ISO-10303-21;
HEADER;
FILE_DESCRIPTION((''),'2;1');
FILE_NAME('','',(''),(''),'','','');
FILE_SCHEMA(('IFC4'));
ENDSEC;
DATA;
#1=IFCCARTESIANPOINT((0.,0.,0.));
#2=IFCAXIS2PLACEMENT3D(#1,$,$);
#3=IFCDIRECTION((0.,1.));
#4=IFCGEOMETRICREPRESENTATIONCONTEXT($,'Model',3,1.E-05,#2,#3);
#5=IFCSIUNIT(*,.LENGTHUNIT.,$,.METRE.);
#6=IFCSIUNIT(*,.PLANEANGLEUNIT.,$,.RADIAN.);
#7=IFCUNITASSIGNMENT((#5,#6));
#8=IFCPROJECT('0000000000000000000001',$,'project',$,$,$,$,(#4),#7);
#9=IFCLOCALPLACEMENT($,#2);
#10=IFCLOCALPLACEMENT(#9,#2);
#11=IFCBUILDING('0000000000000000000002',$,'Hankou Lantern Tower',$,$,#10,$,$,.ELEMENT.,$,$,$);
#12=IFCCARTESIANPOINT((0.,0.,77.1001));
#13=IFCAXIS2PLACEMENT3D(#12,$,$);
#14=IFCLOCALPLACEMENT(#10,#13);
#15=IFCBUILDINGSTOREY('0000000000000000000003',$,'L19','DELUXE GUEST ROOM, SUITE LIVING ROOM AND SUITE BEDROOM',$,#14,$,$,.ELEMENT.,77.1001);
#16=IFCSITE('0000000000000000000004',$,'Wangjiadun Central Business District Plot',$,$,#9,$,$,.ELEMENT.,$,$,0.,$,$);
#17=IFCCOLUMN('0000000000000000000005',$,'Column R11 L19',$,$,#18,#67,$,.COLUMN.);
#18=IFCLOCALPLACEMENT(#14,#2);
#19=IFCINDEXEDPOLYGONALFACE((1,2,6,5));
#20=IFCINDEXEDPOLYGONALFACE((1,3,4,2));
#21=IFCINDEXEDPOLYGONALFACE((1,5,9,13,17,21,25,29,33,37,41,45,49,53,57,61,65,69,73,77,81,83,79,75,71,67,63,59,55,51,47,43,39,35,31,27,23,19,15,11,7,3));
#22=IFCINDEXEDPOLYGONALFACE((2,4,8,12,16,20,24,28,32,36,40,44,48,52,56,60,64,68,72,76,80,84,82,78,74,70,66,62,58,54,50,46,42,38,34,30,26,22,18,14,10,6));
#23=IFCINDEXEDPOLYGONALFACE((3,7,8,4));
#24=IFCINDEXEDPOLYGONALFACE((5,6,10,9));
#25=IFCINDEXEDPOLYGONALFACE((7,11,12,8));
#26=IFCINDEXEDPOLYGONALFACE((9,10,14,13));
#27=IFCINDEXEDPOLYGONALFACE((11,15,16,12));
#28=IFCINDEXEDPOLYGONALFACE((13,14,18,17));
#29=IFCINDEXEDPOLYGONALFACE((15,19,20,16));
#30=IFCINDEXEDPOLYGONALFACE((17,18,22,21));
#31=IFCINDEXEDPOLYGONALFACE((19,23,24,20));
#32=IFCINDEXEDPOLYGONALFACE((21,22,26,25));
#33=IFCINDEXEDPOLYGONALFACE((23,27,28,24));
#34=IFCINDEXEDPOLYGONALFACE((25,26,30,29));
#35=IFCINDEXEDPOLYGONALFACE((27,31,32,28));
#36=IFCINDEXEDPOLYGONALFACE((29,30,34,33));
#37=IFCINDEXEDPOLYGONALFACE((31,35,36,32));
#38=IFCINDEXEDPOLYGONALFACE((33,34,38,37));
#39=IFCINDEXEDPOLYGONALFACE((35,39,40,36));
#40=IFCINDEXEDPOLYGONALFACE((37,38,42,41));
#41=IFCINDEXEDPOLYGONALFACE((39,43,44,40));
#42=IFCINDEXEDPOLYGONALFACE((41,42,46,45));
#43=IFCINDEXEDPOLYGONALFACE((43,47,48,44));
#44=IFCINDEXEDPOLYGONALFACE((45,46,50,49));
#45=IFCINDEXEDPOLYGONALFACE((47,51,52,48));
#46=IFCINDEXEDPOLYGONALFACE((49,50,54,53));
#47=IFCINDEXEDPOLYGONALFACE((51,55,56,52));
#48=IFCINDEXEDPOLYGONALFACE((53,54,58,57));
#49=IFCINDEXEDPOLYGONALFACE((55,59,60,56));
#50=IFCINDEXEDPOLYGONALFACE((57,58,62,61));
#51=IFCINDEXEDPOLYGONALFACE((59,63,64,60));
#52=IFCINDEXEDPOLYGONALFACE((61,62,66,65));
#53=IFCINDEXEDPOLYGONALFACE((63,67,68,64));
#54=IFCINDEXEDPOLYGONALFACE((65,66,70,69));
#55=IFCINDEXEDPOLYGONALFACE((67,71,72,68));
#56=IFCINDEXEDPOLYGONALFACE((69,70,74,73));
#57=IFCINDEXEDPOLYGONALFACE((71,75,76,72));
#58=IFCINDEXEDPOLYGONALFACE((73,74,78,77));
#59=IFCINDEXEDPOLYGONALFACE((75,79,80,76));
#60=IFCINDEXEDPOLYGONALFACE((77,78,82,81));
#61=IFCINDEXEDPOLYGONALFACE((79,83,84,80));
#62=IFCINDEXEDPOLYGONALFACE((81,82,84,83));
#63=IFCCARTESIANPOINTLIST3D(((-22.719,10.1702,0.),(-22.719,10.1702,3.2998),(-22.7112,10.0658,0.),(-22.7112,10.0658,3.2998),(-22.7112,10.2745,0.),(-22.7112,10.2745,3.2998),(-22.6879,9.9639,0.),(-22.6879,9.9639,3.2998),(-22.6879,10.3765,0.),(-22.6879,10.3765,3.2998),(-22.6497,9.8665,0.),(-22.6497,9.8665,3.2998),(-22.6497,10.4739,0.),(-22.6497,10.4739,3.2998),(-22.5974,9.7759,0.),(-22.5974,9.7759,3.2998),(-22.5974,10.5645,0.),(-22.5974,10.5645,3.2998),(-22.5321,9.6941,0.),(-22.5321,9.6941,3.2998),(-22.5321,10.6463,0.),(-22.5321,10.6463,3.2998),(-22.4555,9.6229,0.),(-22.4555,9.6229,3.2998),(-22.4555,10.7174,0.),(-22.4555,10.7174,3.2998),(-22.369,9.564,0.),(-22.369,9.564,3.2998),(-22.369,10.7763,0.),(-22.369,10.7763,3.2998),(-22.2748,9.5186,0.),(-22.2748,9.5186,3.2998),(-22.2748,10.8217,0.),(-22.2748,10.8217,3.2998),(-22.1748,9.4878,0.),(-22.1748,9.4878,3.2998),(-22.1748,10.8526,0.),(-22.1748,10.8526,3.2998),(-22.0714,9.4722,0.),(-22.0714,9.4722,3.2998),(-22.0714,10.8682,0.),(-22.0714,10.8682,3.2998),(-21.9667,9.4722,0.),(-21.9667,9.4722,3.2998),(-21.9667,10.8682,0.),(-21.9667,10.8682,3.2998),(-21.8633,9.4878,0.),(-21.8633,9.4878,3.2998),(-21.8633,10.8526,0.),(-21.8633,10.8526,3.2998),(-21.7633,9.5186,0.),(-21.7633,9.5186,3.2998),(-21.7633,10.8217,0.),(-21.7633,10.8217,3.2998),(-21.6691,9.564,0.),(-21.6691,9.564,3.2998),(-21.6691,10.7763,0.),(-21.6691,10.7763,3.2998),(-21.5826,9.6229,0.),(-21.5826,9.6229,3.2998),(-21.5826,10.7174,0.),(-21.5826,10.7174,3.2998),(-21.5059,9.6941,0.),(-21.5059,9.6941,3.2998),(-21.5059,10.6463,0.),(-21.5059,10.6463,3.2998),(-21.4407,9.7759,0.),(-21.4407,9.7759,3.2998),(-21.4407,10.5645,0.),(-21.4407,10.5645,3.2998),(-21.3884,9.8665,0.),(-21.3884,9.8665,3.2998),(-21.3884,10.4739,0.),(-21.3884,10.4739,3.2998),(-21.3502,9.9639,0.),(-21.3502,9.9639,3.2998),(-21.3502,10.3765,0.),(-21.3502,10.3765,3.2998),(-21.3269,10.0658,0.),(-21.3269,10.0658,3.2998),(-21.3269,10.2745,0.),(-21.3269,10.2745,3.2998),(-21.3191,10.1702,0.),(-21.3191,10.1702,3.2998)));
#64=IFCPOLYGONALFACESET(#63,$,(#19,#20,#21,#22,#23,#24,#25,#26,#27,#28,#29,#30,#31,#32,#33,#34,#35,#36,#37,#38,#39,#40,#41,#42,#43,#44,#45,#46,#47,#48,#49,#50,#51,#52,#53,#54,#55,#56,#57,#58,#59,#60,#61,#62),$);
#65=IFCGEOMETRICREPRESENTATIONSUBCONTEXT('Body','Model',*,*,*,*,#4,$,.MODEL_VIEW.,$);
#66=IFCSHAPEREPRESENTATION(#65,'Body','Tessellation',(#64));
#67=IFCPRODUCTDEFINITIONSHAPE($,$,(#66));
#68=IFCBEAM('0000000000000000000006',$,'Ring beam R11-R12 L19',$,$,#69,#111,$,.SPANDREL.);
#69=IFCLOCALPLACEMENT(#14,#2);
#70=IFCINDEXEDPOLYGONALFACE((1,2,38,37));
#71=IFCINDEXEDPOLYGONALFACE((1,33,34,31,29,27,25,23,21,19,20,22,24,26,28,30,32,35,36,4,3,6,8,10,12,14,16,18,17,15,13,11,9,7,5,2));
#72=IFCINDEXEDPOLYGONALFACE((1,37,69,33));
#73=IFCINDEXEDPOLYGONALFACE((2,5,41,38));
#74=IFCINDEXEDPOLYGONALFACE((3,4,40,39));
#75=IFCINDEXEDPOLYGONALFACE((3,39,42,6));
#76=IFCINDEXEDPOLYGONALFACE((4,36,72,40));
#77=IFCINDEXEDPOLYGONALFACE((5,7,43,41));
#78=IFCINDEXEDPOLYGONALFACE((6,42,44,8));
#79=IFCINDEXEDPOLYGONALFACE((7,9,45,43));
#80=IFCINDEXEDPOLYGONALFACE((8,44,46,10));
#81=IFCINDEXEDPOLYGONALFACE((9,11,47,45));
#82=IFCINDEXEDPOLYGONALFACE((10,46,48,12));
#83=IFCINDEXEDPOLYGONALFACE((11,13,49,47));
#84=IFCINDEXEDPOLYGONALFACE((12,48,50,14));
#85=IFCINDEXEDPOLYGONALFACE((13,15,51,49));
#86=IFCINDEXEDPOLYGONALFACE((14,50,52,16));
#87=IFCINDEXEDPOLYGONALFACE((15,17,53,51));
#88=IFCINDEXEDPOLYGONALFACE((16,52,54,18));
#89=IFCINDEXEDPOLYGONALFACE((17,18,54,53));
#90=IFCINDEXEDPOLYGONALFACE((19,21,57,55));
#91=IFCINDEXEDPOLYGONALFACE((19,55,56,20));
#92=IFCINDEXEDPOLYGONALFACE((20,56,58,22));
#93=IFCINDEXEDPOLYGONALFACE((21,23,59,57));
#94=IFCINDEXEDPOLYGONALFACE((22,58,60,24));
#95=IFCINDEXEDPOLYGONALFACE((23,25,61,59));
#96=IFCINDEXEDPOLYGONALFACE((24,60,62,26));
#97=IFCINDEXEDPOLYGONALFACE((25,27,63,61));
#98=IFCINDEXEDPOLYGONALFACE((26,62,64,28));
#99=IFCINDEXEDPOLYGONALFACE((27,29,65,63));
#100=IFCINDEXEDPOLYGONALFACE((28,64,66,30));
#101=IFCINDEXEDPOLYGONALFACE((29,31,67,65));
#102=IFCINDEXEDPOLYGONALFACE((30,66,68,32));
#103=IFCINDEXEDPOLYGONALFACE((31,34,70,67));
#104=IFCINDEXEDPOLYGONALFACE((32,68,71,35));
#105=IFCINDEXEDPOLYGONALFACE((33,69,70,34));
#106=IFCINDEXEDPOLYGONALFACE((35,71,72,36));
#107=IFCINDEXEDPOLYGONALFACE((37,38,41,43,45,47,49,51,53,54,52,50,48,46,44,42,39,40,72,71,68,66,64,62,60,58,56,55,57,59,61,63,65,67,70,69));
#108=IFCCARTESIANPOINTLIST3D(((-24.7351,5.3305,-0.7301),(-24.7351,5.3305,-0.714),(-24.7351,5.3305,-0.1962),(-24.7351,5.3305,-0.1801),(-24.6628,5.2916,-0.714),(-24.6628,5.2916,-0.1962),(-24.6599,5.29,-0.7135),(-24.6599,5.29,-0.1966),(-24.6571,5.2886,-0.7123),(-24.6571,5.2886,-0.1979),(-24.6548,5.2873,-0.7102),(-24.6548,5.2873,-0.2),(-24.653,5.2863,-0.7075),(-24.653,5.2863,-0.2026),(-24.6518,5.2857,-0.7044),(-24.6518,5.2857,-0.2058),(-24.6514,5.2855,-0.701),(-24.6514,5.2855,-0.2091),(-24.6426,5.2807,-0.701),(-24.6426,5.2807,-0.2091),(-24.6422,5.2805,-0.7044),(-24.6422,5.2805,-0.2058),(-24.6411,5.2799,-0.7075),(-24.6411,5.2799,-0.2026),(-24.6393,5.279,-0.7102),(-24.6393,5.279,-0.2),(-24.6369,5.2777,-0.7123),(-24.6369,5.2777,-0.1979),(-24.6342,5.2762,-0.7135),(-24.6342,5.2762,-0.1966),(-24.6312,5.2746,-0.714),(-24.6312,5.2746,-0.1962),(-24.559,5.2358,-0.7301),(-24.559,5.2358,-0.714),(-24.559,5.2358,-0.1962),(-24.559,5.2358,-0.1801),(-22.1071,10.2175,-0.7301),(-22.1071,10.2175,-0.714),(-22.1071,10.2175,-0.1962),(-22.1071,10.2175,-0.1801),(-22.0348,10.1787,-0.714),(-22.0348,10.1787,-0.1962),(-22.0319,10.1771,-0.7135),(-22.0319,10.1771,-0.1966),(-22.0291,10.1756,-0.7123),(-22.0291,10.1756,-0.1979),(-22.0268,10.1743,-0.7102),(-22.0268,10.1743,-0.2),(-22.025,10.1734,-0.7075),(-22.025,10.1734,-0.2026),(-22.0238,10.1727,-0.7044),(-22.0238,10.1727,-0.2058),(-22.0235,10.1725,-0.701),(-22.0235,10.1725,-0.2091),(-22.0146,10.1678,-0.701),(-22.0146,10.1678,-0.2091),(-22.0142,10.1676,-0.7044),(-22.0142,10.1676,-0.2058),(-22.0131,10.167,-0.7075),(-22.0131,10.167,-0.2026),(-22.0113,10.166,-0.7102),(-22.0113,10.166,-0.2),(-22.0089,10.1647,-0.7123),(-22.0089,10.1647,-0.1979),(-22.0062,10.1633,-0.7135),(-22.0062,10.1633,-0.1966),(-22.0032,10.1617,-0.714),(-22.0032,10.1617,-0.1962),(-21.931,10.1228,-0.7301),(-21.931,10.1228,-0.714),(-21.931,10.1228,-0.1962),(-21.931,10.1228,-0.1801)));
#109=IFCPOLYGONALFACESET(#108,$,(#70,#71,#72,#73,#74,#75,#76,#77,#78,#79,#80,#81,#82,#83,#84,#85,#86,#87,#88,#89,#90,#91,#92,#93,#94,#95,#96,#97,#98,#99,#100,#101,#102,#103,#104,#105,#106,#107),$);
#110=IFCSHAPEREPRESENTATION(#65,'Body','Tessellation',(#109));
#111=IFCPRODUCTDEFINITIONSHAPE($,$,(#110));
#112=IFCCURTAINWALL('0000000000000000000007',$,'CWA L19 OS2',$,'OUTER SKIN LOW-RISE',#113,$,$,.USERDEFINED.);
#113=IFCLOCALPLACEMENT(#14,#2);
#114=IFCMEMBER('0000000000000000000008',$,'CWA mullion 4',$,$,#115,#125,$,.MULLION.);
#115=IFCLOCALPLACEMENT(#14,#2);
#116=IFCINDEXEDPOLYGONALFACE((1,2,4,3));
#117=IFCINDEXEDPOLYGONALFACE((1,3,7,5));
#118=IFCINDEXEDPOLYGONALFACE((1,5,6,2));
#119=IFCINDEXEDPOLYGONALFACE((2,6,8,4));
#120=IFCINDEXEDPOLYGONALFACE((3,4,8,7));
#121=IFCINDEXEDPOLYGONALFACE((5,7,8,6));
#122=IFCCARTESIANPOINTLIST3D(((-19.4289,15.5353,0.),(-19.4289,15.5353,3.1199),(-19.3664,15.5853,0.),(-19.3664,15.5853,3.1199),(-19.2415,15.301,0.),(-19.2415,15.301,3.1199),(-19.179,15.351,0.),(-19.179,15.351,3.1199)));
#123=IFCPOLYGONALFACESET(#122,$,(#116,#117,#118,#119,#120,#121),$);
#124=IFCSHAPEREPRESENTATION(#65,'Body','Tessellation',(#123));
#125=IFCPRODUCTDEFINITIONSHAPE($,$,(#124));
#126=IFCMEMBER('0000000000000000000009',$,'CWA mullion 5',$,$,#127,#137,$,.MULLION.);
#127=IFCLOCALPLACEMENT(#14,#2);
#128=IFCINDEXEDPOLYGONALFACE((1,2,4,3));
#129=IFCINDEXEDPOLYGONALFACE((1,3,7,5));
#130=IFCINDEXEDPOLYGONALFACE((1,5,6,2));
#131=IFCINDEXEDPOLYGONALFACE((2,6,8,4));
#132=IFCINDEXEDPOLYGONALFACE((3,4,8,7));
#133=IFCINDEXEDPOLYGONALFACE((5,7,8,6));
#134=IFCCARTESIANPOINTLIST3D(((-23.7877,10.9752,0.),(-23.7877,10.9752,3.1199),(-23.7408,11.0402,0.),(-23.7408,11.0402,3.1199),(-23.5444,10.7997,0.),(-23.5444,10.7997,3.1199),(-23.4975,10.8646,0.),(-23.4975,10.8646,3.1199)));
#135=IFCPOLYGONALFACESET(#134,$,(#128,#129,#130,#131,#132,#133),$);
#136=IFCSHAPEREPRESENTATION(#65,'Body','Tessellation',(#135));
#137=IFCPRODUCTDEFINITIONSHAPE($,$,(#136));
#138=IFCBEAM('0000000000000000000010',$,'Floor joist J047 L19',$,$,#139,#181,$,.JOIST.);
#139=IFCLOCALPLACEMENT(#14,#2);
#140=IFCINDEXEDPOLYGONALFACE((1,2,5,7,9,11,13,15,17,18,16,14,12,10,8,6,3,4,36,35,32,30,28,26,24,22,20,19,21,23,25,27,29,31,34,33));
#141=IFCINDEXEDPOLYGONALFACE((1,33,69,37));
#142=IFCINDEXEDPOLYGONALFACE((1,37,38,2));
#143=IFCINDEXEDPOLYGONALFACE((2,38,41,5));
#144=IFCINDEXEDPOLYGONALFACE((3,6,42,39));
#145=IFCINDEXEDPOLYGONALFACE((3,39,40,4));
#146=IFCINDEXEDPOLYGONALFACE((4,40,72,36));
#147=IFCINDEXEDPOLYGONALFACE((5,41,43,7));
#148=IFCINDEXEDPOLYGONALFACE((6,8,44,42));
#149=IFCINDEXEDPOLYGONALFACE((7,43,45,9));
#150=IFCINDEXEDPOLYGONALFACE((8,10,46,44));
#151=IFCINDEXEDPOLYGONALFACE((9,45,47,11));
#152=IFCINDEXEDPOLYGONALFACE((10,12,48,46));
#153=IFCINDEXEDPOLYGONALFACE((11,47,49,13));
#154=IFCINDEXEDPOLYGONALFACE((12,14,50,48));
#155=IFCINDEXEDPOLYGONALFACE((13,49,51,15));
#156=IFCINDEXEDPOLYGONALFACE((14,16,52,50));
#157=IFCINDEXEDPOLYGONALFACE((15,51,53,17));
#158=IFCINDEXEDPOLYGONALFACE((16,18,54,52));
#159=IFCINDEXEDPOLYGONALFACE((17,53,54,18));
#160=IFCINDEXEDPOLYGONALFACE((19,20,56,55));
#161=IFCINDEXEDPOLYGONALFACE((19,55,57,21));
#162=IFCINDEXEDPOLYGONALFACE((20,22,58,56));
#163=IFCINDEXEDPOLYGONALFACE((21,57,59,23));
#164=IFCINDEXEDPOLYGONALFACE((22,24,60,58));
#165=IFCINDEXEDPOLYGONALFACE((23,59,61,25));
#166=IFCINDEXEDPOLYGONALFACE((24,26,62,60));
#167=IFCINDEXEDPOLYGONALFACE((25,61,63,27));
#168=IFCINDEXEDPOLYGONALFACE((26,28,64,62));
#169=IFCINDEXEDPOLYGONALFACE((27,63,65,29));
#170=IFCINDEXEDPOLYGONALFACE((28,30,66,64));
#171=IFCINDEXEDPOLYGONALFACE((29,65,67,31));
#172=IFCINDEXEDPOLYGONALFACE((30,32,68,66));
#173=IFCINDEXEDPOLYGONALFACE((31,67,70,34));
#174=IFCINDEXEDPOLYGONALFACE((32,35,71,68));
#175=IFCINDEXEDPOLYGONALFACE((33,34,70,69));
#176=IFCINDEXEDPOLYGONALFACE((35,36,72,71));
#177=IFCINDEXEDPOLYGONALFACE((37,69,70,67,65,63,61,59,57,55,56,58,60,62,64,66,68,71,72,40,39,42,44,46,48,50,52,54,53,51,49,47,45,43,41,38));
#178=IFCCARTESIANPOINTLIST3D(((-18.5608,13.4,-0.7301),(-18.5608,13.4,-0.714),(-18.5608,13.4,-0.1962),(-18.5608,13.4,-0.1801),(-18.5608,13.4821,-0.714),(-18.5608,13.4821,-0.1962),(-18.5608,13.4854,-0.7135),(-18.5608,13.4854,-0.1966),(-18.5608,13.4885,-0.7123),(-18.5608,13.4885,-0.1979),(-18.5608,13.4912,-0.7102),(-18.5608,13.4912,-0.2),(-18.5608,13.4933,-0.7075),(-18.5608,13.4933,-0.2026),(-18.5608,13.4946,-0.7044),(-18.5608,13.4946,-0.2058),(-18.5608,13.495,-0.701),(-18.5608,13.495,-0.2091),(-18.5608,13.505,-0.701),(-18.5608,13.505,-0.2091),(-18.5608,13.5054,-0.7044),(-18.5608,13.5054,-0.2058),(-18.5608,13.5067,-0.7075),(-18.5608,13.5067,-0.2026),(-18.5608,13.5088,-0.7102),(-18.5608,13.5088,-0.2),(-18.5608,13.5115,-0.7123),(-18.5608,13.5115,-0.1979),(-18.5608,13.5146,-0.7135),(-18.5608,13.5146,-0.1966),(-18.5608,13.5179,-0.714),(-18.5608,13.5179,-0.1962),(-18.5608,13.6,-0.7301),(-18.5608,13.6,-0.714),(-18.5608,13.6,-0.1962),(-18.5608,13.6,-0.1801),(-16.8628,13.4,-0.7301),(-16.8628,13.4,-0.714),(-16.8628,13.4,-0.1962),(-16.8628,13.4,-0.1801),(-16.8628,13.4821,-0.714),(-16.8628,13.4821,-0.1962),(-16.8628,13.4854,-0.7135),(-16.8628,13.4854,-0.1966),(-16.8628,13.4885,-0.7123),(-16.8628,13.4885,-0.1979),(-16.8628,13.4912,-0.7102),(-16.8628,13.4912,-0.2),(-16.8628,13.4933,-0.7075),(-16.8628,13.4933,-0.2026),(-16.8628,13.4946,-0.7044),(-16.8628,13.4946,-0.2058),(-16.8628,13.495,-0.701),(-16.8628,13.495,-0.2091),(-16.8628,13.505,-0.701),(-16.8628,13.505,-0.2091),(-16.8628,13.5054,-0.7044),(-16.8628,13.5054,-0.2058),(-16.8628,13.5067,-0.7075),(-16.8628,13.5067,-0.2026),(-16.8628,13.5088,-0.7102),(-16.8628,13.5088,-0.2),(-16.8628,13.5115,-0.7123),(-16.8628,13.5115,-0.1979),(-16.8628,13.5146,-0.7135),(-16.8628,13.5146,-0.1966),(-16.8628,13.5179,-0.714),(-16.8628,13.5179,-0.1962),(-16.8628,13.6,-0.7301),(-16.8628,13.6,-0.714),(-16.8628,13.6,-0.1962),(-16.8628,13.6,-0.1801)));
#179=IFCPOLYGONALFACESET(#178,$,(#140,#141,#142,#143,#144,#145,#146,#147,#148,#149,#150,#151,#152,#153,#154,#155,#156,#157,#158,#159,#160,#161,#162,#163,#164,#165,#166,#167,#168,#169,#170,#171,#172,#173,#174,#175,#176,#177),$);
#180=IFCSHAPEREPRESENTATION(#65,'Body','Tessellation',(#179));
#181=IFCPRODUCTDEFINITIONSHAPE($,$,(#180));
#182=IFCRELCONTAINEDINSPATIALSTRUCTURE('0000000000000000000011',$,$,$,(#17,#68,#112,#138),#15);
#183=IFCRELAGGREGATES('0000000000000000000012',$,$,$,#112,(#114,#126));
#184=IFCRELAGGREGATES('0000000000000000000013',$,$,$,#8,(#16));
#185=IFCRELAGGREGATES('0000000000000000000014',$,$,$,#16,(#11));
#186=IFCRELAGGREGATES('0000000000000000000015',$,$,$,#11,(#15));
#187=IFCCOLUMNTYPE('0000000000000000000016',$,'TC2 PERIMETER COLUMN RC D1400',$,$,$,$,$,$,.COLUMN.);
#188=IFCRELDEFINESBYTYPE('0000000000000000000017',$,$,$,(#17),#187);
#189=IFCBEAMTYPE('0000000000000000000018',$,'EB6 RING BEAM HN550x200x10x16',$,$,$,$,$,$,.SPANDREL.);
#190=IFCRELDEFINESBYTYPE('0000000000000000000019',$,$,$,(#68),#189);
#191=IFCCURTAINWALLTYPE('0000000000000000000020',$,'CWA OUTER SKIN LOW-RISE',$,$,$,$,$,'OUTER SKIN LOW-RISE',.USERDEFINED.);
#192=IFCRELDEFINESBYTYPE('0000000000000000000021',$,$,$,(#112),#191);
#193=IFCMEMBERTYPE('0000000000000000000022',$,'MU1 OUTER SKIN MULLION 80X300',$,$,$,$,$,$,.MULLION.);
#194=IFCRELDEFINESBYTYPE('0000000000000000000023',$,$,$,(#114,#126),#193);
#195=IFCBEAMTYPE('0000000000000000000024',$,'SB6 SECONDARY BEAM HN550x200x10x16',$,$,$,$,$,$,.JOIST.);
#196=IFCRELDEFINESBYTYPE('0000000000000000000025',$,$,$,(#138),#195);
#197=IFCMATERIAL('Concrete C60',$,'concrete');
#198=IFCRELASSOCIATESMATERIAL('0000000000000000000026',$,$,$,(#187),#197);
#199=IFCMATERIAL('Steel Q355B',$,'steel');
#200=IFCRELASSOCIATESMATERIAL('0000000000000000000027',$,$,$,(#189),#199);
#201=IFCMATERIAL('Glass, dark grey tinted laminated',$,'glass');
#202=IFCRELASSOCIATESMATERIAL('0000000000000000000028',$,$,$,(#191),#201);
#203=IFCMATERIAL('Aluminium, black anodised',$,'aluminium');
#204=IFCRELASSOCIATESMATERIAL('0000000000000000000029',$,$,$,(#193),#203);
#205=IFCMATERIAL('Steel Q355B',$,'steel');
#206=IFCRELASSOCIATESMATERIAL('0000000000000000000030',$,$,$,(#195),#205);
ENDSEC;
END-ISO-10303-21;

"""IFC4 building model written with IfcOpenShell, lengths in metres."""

from ifc_helpers import new_model, si_unit, direction, frame, origin, origin_2d, place, context, subcontext, project, spatial, rectangle, circle, i_section, extrude, material, material_profile, profile_set, type_object, element, aggregate, save


model = new_model("IFC4")

# Units and contexts
model_context = context("Model", 3, precision=1e-05, world=origin(), true_north=direction((0.0, 1.0)))
body_context = subcontext(model_context, "Body", "Model", "MODEL_VIEW")
ifc_project = project(units=[si_unit("LENGTHUNIT", "METRE"), si_unit("PLANEANGLEUNIT", "RADIAN")], contexts=[model_context])

# Site, building, storey
site_placement = place(None, origin())
site = spatial("IfcSite", under=ifc_project, at=site_placement, Name="Wangjiadun Central Business District Plot", CompositionType="ELEMENT", RefElevation=0.0)
building_placement = place(site_placement, origin())
building = spatial("IfcBuilding", under=site, at=building_placement, Name="Hankou Lantern Tower", CompositionType="ELEMENT")
storey_placement = place(building_placement, frame((0.0, 0.0, 77.1001)))
storey = spatial("IfcBuildingStorey", under=building, at=storey_placement, Name="L19", Description="DELUXE GUEST ROOM, SUITE LIVING ROOM AND SUITE BEDROOM", CompositionType="ELEMENT", Elevation=77.1001)

# Column
ifc_material_1 = material(Name="Concrete C60", Category="concrete")
ifc_material_profile_1 = material_profile(ifc_material_1, circle(Radius=0.7, at=origin_2d()), Name="RC D1400")
ifc_profile_set_1 = profile_set([ifc_material_profile_1], Name="Concrete C60")
column_type = type_object("IfcColumnType", Name="TC2 PERIMETER COLUMN RC D1400", PredefinedType="COLUMN", material=ifc_profile_set_1)
column_placement = place(storey_placement, frame((-22.019, 10.1702, 0.0), z_axis=(0.0, 0.0, 1.0), x_axis=(1.0, 0.0, 0.0)))
element("IfcColumn", 1, at=column_placement, inside=storey, type_object=column_type, Name="Column R11 L19", PredefinedType="COLUMN", context=body_context, shape_type="SweptSolid", body=[
    extrude(circle(Radius=0.7, at=origin_2d()), origin(), (0.0, 0.0, 1.0), 3.2998),
])

# Beam
ifc_material_2 = material(Name="Steel Q355B", Category="steel")
ifc_material_profile_2 = material_profile(ifc_material_2, i_section(OverallWidth=0.2, OverallDepth=0.55, WebThickness=0.01, FlangeThickness=0.0161, FilletRadius=0.0129, at=origin_2d()), Name="HN550x200x10x16")
ifc_profile_set_2 = profile_set([ifc_material_profile_2], Name="Steel Q355B")
beam_type_1 = type_object("IfcBeamType", Name="EB6 RING BEAM HN550x200x10x16", PredefinedType="SPANDREL", material=ifc_profile_set_2)
beam_1_placement = place(storey_placement, frame((-22.019, 10.1702, -0.4551), z_axis=(-0.473609, -0.880735, 0.0), x_axis=(0.880735, -0.473609, 0.0)))
element("IfcBeam", 2, at=beam_1_placement, inside=storey, type_object=beam_type_1, Name="Ring beam R11-R12 L19", PredefinedType="SPANDREL", context=body_context, shape_type="SweptSolid", body=[
    extrude(i_section(OverallWidth=0.2, OverallDepth=0.55, WebThickness=0.01, FlangeThickness=0.0161, FilletRadius=0.0129, at=origin_2d()), origin(), (0.0, 0.0, 1.0), 5.5488),
])

# Curtain wall, members
ifc_material_3 = material(Name="Glass, dark grey tinted laminated", Category="glass")
curtain_wall_type = type_object("IfcCurtainWallType", Name="CWA OUTER SKIN LOW-RISE", ElementType="OUTER SKIN LOW-RISE", PredefinedType="USERDEFINED", material=ifc_material_3)
curtain_wall_placement = place(storey_placement, origin())
curtain_wall = element("IfcCurtainWall", 3, at=curtain_wall_placement, inside=storey, type_object=curtain_wall_type, Name="CWA L19 OS2", ObjectType="OUTER SKIN LOW-RISE", PredefinedType="USERDEFINED")
ifc_material_4 = material(Name="Aluminium, black anodised", Category="aluminium")
ifc_material_profile_3 = material_profile(ifc_material_4, rectangle(XDim=0.0801, YDim=0.3, at=origin_2d()), Name="MU1 80X300")
ifc_profile_set_3 = profile_set([ifc_material_profile_3], Name="Aluminium, black anodised")
member_type_1 = type_object("IfcMemberType", Name="MU1 OUTER SKIN MULLION 80X300", PredefinedType="MULLION", material=ifc_profile_set_3)
member_1_placement = place(storey_placement, frame((-19.304, 15.4431, 0.0), z_axis=(0.0, 0.0, 1.0), x_axis=(-0.780869, -0.624695, 0.0)))
member_1 = element("IfcMember", 4, at=member_1_placement, type_object=member_type_1, Name="CWA mullion 4", PredefinedType="MULLION", context=body_context, shape_type="SweptSolid", body=[
    extrude(rectangle(XDim=0.0801, YDim=0.3, at=origin_2d()), origin(), (0.0, 0.0, 1.0), 3.1199),
])
member_2_placement = place(storey_placement, frame((-23.6426, 10.9199, 0.0), z_axis=(0.0, 0.0, 1.0), x_axis=(-0.585206, -0.810885, 0.0)))
member_2 = element("IfcMember", 5, at=member_2_placement, type_object=member_type_1, Name="CWA mullion 5", PredefinedType="MULLION", context=body_context, shape_type="SweptSolid", body=[
    extrude(rectangle(XDim=0.0801, YDim=0.3, at=origin_2d()), origin(), (0.0, 0.0, 1.0), 3.1199),
])

# Beam
ifc_material_5 = material(Name="Steel Q355B", Category="steel")
ifc_material_profile_4 = material_profile(ifc_material_5, i_section(OverallWidth=0.2, OverallDepth=0.55, WebThickness=0.01, FlangeThickness=0.0161, FilletRadius=0.0129, at=origin_2d()), Name="HN550x200x10x16")
ifc_profile_set_4 = profile_set([ifc_material_profile_4], Name="Steel Q355B")
beam_type_2 = type_object("IfcBeamType", Name="SB6 SECONDARY BEAM HN550x200x10x16", PredefinedType="JOIST", material=ifc_profile_set_4)
beam_2_placement = place(storey_placement, frame((-18.5608, 13.5, -0.4551), z_axis=(1.0, 0.0, 0.0), x_axis=(0.0, 1.0, 0.0)))
element("IfcBeam", 6, at=beam_2_placement, inside=storey, type_object=beam_type_2, Name="Floor joist J047 L19", PredefinedType="JOIST", context=body_context, shape_type="SweptSolid", body=[
    extrude(i_section(OverallWidth=0.2, OverallDepth=0.55, WebThickness=0.01, FlangeThickness=0.0161, FilletRadius=0.0129, at=origin_2d()), origin(), (0.0, 0.0, 1.0), 1.698),
])

aggregate(curtain_wall, [member_1, member_2])

save(model, "model.ifc")
